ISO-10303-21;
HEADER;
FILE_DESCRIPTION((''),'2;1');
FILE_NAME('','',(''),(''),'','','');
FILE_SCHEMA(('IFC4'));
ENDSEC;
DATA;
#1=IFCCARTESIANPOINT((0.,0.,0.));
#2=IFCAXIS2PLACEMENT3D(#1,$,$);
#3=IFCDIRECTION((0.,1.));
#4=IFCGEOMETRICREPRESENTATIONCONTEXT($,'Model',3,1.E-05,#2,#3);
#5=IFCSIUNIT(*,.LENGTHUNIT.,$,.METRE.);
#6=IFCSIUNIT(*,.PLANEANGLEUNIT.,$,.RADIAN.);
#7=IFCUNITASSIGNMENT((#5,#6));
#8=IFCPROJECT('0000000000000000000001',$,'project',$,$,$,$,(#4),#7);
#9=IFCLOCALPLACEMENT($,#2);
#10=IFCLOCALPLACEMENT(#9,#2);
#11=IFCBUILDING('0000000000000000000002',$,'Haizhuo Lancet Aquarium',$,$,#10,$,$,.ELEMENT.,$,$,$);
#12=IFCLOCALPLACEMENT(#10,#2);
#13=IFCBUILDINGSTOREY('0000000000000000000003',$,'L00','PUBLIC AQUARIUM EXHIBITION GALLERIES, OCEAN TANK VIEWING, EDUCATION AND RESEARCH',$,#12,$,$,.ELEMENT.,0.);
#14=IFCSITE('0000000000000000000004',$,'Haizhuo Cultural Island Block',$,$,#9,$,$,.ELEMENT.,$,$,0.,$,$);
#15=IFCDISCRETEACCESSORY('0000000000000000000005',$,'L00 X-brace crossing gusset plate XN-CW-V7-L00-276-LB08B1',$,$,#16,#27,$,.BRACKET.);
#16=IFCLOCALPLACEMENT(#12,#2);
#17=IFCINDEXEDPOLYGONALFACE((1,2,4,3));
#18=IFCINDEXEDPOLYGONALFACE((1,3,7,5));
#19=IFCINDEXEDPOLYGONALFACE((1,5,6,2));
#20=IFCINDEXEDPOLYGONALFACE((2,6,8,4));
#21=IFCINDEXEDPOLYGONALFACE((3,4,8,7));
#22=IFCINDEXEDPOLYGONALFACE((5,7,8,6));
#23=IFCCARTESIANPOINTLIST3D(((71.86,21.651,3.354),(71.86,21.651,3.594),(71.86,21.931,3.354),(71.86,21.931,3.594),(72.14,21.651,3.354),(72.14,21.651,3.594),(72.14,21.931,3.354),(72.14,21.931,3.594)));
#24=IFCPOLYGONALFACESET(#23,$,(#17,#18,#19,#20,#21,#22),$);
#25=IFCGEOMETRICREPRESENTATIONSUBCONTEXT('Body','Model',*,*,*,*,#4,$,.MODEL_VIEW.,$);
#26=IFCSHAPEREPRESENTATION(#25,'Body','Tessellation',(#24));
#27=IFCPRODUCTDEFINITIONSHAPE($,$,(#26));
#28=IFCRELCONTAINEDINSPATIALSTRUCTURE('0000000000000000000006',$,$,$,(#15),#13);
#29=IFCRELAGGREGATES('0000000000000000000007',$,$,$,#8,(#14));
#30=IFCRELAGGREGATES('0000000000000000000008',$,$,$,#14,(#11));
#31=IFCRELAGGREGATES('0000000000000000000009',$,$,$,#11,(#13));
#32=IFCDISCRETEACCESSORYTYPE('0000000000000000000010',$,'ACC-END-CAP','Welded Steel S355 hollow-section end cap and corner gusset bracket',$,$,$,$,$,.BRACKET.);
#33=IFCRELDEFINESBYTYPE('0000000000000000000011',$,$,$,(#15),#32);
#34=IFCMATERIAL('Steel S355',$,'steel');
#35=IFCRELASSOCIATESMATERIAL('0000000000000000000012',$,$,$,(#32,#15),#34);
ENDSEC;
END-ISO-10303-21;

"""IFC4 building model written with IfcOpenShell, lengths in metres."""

from ifc_helpers import new_model, si_unit, direction, frame, origin, origin_2d, place, context, subcontext, project, spatial, rectangle, extrude, material, type_object, element, save


model = new_model("IFC4")

# Units and contexts
model_context = context("Model", 3, precision=1e-05, world=origin(), true_north=direction((0.0, 1.0)))
body_context = subcontext(model_context, "Body", "Model", "MODEL_VIEW")
ifc_project = project(units=[si_unit("LENGTHUNIT", "METRE"), si_unit("PLANEANGLEUNIT", "RADIAN")], contexts=[model_context])

# Site, building, storey
site_placement = place(None, origin())
site = spatial("IfcSite", under=ifc_project, at=site_placement, Name="Haizhuo Cultural Island Block", CompositionType="ELEMENT", RefElevation=0.0)
building_placement = place(site_placement, origin())
building = spatial("IfcBuilding", under=site, at=building_placement, Name="Haizhuo Lancet Aquarium", CompositionType="ELEMENT")
storey_placement = place(building_placement, origin())
storey = spatial("IfcBuildingStorey", under=building, at=storey_placement, Name="L00", Description="PUBLIC AQUARIUM EXHIBITION GALLERIES, OCEAN TANK VIEWING, EDUCATION AND RESEARCH", CompositionType="ELEMENT", Elevation=0.0)

# Shared definitions
ifc_material_1 = material(Name="Steel S355", Category="steel")

# Discrete accessory
discrete_accessory_type = type_object("IfcDiscreteAccessoryType", Name="ACC-END-CAP", Description="Welded Steel S355 hollow-section end cap and corner gusset bracket", PredefinedType="BRACKET", material=ifc_material_1)
for number, where, z_axis, x_axis, name in (
    (1, (72.0, 21.791, 3.354), (0.0, 0.0, 1.0), (1.0, 0.0, 0.0), "L00 X-brace crossing gusset plate XN-CW-V7-L00-276-LB08B1"),
):
    element("IfcDiscreteAccessory", number, at=place(storey_placement, frame(where, z_axis=z_axis, x_axis=x_axis)), inside=storey, type_object=discrete_accessory_type, material=ifc_material_1, Name=name, PredefinedType="BRACKET", context=body_context, shape_type="SweptSolid", body=[
        extrude(rectangle(XDim=0.28, YDim=0.28, at=origin_2d()), origin(), (0.0, 0.0, 1.0), 0.24),
    ])

save(model, "model.ifc")
